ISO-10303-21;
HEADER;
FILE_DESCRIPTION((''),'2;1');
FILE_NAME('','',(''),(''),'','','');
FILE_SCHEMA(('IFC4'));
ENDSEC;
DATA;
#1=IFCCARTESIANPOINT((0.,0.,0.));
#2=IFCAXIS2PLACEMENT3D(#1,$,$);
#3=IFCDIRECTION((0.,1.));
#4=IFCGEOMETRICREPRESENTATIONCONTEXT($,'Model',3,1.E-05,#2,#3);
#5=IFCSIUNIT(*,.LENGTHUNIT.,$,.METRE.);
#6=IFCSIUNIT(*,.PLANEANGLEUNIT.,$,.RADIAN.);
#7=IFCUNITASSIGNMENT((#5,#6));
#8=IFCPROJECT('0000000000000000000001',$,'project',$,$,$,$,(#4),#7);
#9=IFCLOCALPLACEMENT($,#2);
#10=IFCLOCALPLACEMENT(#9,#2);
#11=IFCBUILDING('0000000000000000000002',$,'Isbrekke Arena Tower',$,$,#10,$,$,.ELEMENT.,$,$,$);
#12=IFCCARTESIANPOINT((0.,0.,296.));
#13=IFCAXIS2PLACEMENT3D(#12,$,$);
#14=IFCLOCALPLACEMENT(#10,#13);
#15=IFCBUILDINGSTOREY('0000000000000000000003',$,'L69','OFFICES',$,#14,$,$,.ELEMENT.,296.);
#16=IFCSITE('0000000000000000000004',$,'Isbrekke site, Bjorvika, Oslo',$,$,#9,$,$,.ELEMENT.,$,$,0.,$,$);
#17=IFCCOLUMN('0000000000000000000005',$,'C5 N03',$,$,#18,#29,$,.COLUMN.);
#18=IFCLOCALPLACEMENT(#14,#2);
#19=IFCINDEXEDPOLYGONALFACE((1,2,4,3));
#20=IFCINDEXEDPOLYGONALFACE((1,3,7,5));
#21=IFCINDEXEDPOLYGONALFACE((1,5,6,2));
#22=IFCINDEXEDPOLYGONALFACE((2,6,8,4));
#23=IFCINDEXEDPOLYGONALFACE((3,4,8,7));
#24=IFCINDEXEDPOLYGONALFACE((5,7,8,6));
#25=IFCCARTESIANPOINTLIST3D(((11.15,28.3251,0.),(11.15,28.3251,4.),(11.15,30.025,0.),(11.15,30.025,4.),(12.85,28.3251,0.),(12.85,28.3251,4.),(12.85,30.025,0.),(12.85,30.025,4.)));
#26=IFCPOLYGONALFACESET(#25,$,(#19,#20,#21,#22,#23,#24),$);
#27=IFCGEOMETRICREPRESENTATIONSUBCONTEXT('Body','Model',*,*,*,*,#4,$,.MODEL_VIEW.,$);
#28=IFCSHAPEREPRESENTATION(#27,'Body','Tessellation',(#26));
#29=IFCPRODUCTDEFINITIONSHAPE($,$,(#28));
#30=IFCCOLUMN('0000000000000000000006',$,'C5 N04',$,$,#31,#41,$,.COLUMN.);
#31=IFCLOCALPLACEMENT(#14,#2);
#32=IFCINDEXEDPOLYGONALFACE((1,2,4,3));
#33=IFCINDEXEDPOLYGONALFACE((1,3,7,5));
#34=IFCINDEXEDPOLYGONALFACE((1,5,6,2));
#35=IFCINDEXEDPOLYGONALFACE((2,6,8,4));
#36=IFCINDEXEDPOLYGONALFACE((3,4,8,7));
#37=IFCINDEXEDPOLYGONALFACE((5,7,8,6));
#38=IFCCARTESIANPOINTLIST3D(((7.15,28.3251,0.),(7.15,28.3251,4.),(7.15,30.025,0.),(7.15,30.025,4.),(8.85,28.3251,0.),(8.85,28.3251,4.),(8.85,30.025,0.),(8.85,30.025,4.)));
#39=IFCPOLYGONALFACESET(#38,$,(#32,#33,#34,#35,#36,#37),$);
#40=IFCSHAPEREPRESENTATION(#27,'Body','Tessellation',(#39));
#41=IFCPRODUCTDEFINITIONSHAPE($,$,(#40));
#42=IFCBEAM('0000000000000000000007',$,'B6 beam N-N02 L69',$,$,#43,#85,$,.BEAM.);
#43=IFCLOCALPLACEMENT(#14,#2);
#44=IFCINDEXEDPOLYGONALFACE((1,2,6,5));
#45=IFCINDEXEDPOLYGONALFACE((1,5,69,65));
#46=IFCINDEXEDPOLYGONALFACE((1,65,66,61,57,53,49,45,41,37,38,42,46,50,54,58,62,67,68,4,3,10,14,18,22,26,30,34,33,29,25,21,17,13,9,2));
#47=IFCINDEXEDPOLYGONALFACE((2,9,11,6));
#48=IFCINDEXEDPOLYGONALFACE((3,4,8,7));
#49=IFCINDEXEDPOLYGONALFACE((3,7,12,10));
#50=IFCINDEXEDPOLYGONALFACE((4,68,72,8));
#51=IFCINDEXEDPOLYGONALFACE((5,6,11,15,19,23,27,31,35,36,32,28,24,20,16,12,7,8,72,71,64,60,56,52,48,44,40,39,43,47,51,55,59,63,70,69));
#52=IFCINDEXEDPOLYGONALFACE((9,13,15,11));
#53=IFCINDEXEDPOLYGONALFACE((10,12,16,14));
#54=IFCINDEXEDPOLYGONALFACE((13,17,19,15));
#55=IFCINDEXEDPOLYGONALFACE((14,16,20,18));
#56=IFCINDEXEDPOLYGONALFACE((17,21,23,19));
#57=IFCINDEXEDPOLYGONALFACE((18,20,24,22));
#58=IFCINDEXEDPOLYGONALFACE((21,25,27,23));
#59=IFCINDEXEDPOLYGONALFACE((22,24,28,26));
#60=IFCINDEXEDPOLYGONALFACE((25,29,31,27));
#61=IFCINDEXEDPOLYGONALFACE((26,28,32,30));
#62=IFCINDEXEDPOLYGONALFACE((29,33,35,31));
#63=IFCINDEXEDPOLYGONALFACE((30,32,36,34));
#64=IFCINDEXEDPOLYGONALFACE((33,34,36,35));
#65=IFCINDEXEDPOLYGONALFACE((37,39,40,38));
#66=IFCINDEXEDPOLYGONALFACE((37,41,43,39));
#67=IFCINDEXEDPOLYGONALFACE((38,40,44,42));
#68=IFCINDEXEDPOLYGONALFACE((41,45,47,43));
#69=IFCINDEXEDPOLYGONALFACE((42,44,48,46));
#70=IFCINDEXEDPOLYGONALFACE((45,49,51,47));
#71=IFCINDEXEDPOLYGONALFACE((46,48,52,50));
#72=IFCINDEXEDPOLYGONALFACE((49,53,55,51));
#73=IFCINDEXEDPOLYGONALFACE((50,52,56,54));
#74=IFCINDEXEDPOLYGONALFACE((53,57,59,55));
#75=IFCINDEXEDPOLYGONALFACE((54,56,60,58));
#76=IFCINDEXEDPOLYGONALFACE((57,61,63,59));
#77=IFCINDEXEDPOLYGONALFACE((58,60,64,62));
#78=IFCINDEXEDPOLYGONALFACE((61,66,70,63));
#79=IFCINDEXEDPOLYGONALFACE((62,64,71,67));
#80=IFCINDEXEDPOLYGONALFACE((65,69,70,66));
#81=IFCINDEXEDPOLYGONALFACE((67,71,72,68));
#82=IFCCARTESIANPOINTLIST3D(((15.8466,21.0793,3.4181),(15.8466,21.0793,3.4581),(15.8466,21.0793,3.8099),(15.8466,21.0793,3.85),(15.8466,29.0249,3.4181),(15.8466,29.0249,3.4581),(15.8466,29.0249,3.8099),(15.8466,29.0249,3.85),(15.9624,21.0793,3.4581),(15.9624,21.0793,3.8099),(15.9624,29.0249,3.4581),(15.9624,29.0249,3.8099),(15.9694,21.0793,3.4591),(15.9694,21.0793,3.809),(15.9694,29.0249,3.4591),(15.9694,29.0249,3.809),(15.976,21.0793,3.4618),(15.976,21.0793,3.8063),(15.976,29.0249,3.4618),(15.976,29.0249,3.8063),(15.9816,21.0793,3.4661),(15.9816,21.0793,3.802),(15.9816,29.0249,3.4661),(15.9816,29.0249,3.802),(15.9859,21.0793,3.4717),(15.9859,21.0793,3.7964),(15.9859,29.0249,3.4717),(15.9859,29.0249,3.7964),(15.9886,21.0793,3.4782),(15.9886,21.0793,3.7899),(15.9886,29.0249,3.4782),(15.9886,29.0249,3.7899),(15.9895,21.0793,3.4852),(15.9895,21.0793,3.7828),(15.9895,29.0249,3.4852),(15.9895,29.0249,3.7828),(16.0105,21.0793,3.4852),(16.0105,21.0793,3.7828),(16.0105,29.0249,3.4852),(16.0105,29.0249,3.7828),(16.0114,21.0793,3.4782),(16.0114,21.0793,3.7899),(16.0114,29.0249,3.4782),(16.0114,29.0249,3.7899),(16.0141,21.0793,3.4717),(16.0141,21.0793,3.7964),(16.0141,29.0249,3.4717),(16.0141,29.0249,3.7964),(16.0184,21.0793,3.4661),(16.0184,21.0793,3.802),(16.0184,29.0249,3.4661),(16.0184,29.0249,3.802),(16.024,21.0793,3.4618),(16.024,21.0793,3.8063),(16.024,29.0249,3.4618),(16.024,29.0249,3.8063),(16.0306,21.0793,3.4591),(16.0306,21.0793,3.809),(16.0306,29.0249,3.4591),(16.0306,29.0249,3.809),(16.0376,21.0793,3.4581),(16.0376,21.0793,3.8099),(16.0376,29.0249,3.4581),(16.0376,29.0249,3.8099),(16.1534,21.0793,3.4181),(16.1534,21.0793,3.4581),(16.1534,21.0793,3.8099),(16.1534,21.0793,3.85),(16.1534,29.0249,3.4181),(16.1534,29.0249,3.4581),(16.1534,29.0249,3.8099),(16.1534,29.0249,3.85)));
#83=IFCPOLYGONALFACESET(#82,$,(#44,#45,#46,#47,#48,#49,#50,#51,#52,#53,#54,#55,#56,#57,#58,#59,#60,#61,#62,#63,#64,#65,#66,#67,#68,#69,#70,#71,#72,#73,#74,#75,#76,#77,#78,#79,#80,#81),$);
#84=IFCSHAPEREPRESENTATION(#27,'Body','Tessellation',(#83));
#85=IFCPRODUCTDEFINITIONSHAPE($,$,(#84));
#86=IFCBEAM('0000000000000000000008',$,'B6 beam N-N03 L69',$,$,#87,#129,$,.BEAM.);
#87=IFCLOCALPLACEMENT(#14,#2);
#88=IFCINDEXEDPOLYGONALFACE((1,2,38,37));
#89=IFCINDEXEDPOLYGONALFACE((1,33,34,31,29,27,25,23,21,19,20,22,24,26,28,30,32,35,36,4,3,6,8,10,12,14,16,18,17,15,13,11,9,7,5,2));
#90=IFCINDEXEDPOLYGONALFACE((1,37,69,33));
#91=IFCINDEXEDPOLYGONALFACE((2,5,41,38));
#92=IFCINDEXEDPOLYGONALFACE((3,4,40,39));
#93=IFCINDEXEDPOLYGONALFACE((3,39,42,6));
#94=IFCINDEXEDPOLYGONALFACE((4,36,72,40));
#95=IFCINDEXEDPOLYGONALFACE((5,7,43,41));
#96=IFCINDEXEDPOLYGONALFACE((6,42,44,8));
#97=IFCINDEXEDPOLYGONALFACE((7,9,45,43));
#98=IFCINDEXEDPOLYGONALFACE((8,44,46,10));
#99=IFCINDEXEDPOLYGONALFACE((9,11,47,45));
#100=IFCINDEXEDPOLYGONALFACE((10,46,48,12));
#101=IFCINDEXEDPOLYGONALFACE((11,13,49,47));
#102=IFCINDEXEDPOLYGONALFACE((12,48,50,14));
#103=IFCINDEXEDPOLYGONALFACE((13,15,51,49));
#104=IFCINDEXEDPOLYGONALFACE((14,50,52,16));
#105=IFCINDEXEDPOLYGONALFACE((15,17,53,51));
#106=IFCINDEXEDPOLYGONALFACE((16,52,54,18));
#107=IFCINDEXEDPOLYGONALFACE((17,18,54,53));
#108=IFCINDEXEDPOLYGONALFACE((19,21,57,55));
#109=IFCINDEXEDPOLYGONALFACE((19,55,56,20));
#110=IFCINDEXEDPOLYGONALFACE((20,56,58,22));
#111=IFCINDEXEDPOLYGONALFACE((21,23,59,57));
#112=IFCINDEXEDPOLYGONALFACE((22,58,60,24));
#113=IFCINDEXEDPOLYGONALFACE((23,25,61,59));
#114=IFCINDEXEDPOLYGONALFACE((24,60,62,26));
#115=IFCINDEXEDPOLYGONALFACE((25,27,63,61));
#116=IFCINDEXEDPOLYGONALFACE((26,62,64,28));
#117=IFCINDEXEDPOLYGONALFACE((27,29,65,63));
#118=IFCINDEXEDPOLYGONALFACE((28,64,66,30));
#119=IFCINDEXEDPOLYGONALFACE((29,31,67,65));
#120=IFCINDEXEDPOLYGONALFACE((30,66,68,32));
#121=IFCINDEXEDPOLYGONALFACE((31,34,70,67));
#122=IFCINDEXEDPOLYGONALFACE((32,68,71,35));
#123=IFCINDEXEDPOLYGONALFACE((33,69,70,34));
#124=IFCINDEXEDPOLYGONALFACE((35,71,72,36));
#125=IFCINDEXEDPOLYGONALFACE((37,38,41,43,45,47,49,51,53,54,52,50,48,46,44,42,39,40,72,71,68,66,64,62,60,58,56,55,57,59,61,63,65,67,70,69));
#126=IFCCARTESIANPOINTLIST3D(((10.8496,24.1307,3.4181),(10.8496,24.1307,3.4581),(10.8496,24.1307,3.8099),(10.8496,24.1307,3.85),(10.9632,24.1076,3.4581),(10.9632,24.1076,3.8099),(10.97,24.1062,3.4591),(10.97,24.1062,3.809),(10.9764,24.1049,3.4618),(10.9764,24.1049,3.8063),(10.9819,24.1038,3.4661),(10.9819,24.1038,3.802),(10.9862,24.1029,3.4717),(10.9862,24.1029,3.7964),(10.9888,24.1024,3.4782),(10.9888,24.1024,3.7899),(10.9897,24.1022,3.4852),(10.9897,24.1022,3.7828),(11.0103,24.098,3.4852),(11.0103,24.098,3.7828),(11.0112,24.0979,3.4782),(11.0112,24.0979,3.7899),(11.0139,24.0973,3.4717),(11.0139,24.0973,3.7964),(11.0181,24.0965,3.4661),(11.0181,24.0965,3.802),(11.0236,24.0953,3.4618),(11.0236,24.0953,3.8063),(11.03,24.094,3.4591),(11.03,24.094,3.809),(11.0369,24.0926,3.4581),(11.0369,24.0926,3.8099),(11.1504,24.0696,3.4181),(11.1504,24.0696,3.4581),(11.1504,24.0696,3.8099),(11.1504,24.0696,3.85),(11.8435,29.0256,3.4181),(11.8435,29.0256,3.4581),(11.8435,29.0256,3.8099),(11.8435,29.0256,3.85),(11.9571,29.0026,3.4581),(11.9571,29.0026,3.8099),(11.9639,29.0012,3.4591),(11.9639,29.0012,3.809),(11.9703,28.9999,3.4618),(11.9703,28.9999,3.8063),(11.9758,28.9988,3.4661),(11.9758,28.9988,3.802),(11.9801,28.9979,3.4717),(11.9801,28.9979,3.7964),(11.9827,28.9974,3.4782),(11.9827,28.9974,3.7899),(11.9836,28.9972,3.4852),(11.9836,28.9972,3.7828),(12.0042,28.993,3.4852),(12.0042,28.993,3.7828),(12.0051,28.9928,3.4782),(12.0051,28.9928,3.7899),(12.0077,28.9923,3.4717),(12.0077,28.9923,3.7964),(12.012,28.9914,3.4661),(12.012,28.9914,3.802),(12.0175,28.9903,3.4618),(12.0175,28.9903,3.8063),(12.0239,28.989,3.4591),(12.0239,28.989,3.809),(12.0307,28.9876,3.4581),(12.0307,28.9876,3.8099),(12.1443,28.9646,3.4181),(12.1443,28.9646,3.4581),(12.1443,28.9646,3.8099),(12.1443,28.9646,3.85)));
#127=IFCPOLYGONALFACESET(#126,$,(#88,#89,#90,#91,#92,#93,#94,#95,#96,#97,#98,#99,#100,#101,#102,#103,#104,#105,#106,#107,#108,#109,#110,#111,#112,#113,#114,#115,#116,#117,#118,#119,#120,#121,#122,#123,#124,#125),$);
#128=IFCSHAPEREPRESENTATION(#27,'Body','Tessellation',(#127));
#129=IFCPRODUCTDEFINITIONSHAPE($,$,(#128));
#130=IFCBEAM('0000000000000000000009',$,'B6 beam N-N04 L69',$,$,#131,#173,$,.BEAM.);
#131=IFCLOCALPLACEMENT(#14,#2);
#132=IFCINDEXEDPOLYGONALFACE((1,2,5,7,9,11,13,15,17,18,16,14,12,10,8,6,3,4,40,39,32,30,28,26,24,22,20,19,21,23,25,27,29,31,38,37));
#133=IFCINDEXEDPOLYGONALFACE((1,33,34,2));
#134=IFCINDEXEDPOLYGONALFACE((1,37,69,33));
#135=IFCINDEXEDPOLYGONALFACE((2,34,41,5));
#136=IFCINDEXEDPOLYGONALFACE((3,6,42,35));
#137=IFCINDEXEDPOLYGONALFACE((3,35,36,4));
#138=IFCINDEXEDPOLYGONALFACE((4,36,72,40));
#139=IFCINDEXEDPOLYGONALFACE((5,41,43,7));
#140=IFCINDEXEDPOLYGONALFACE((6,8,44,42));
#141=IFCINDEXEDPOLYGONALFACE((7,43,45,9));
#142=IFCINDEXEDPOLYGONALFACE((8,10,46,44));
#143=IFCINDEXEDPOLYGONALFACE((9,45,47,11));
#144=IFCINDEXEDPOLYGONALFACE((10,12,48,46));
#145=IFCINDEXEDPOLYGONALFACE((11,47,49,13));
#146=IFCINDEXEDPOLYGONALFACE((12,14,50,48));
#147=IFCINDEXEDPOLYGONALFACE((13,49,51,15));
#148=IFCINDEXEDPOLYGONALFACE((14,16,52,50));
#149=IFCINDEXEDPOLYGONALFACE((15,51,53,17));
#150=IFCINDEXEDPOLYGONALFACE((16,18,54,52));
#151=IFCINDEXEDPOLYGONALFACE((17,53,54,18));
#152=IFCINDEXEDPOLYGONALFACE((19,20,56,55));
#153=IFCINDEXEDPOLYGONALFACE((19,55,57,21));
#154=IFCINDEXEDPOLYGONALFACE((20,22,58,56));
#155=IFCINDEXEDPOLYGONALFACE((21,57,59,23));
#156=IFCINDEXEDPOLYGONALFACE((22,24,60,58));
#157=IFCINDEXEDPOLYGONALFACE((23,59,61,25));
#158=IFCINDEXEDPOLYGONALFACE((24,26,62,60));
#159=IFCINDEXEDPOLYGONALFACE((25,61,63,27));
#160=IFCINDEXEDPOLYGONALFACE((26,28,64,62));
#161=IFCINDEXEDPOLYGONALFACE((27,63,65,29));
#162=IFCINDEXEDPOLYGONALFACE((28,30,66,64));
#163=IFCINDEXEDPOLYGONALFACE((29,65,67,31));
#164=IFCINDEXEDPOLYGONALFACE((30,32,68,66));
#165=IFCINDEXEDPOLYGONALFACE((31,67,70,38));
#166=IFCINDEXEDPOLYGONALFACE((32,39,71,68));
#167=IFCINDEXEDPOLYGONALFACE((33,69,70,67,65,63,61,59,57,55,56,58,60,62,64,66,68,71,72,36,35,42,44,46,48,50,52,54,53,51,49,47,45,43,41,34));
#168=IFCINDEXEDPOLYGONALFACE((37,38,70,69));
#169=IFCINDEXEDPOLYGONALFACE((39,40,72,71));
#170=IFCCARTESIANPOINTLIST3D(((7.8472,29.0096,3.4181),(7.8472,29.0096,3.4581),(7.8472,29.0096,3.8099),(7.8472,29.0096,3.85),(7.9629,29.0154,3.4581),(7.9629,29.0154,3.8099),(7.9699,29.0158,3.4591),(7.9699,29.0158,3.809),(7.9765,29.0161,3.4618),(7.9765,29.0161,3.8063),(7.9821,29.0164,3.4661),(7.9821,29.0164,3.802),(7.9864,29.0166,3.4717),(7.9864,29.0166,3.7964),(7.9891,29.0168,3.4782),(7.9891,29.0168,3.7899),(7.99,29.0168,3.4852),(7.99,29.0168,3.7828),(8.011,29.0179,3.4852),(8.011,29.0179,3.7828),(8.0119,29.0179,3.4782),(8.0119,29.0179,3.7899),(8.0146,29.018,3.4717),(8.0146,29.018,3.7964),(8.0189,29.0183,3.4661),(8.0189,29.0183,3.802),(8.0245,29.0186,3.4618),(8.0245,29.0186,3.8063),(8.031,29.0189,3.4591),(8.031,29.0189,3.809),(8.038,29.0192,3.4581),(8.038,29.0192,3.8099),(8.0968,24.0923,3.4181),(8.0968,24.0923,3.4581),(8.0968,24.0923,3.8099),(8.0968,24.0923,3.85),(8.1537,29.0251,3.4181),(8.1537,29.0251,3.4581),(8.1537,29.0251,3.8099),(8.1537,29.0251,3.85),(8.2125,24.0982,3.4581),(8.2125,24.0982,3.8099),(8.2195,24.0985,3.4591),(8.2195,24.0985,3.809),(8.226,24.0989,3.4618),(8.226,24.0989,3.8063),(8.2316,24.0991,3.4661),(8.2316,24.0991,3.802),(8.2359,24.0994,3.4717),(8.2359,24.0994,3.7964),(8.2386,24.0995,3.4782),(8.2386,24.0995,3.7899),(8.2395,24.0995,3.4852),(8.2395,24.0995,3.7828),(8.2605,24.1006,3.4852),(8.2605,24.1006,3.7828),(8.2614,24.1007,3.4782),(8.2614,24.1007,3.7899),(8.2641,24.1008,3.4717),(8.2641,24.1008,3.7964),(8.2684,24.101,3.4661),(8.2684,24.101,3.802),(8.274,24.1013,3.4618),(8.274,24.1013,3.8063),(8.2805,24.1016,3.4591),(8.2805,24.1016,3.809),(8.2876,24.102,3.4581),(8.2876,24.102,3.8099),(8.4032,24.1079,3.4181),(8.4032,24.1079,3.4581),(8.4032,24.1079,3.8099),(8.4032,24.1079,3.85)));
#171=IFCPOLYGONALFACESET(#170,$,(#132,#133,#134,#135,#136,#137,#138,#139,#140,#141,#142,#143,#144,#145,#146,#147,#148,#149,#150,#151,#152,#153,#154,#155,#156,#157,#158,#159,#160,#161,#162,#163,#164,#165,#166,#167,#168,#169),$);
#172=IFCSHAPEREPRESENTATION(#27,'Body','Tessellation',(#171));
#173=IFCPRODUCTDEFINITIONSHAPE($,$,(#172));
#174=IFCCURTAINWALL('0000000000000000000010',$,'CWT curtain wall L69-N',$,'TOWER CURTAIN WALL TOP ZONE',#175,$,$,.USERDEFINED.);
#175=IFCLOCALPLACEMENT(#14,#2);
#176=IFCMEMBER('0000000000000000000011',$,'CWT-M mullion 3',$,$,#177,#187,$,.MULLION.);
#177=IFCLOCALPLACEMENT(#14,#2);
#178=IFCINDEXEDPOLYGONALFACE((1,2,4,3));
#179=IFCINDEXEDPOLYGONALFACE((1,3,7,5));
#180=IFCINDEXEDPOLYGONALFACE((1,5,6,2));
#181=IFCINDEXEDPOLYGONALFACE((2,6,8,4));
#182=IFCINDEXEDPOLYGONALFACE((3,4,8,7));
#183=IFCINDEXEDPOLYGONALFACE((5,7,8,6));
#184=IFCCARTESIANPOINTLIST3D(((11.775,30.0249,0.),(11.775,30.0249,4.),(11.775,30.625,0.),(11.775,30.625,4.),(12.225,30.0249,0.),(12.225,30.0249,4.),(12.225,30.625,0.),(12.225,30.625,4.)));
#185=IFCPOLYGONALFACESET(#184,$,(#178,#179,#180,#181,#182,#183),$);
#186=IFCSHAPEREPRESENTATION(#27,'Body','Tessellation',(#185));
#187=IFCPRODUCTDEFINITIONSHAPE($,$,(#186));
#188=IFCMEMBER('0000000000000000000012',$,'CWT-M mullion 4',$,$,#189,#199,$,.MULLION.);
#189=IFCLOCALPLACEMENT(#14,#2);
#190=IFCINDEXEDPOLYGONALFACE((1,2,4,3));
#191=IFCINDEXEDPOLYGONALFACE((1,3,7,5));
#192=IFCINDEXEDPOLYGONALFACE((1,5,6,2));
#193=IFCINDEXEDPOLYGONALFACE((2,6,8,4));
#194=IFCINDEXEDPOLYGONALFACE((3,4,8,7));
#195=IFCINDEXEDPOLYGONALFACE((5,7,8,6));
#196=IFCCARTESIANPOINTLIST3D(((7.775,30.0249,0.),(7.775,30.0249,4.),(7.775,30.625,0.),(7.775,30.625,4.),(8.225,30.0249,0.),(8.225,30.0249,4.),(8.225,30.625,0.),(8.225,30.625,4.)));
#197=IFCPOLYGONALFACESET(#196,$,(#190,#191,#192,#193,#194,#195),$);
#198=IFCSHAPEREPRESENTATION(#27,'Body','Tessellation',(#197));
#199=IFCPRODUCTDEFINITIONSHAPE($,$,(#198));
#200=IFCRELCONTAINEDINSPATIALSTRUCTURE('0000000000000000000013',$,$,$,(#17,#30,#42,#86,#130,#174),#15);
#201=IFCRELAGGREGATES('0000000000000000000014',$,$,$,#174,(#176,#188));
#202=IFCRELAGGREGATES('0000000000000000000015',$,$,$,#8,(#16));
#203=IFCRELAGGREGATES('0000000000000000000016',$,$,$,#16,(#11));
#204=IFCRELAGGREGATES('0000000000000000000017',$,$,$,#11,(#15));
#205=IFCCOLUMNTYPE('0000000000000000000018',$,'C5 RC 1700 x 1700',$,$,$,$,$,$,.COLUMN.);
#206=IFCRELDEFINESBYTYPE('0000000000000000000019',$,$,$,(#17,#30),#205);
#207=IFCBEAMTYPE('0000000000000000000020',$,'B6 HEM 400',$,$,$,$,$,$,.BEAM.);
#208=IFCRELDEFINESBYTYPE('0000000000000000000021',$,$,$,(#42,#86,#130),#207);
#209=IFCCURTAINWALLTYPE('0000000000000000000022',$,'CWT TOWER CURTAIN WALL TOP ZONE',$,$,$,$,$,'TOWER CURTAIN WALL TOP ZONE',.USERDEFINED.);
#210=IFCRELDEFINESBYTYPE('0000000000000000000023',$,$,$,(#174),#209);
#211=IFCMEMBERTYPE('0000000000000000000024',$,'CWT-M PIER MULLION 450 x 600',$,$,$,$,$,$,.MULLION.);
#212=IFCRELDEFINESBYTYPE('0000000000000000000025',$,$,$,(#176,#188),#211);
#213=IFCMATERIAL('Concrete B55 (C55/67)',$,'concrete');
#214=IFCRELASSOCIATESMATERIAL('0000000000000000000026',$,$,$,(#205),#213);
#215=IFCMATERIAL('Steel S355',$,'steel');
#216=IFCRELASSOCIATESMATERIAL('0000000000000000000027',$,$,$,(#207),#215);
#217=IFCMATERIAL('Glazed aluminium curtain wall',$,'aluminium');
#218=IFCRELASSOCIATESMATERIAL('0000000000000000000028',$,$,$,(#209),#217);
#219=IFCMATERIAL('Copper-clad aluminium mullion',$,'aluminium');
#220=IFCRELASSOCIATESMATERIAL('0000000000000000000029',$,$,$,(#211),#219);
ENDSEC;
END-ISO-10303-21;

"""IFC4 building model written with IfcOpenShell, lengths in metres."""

from ifc_helpers import new_model, si_unit, direction, frame, origin, origin_2d, place, context, subcontext, project, spatial, rectangle, i_section, extrude, material, material_profile, profile_set, type_object, element, aggregate, save


model = new_model("IFC4")

# Units and contexts
model_context = context("Model", 3, precision=1e-05, world=origin(), true_north=direction((0.0, 1.0)))
body_context = subcontext(model_context, "Body", "Model", "MODEL_VIEW")
ifc_project = project(units=[si_unit("LENGTHUNIT", "METRE"), si_unit("PLANEANGLEUNIT", "RADIAN")], contexts=[model_context])

# Site, building, storey
site_placement = place(None, origin())
site = spatial("IfcSite", under=ifc_project, at=site_placement, Name="Isbrekke site, Bjorvika, Oslo", CompositionType="ELEMENT", RefElevation=0.0)
building_placement = place(site_placement, origin())
building = spatial("IfcBuilding", under=site, at=building_placement, Name="Isbrekke Arena Tower", CompositionType="ELEMENT")
storey_placement = place(building_placement, frame((0.0, 0.0, 296.0)))
storey = spatial("IfcBuildingStorey", under=building, at=storey_placement, Name="L69", Description="OFFICES", CompositionType="ELEMENT", Elevation=296.0)

# Columns
ifc_material_1 = material(Name="Concrete B55 (C55/67)", Category="concrete")
ifc_material_profile_1 = material_profile(ifc_material_1, rectangle(XDim=1.7, YDim=1.7, at=origin_2d()), Name="RC 1700x1700")
ifc_profile_set_1 = profile_set([ifc_material_profile_1], Name="Concrete B55 (C55/67)")
column_type = type_object("IfcColumnType", Name="C5 RC 1700 x 1700", PredefinedType="COLUMN", material=ifc_profile_set_1)
for number, where, z_axis, x_axis, name in (
    (1, (12.0, 29.175, 0.0), (0.0, 0.0, 1.0), (-1.0, 0.0, 0.0), "C5 N03"),
    (2, (8.0, 29.175, 0.0), (0.0, 0.0, 1.0), (-1.0, 0.0, 0.0), "C5 N04"),
):
    element("IfcColumn", number, at=place(storey_placement, frame(where, z_axis=z_axis, x_axis=x_axis)), inside=storey, type_object=column_type, Name=name, PredefinedType="COLUMN", context=body_context, shape_type="SweptSolid", body=[
        extrude(rectangle(XDim=1.7, YDim=1.7, at=origin_2d()), origin(), (0.0, 0.0, 1.0), 4.0),
    ])

# Beams
ifc_material_2 = material(Name="Steel S355", Category="steel")
ifc_material_profile_2 = material_profile(ifc_material_2, i_section(OverallWidth=0.3069, OverallDepth=0.4319, WebThickness=0.021, FlangeThickness=0.04, FilletRadius=0.0271, at=origin_2d()), Name="HEM 400")
ifc_profile_set_2 = profile_set([ifc_material_profile_2], Name="Steel S355")
beam_type_1 = type_object("IfcBeamType", Name="B6 HEM 400", PredefinedType="BEAM", material=ifc_profile_set_2)
beam_1_placement = place(storey_placement, frame((16.0, 29.0249, 3.634), z_axis=(0.0, -1.0, 0.0), x_axis=(1.0, 0.0, 0.0)))
element("IfcBeam", 3, at=beam_1_placement, inside=storey, type_object=beam_type_1, Name="B6 beam N-N02 L69", PredefinedType="BEAM", context=body_context, shape_type="SweptSolid", body=[
    extrude(i_section(OverallWidth=0.3069, OverallDepth=0.4319, WebThickness=0.021, FlangeThickness=0.04, FilletRadius=0.0271, at=origin_2d()), origin(), (0.0, 0.0, 1.0), 7.9456),
])
beam_2_placement = place(storey_placement, frame((11.9939, 28.9951, 3.634), z_axis=(-0.198982, -0.980003, 0.0), x_axis=(0.980003, -0.198982, 0.0)))
element("IfcBeam", 4, at=beam_2_placement, inside=storey, type_object=beam_type_1, Name="B6 beam N-N03 L69", PredefinedType="BEAM", context=body_context, shape_type="SweptSolid", body=[
    extrude(i_section(OverallWidth=0.3069, OverallDepth=0.4319, WebThickness=0.021, FlangeThickness=0.04, FilletRadius=0.0271, at=origin_2d()), origin(), (0.0, 0.0, 1.0), 4.9949),
])
beam_3_placement = place(storey_placement, frame((8.0005, 29.0173, 3.634), z_axis=(0.050677, -0.998715, 0.0), x_axis=(0.998715, 0.050677, 0.0)))
element("IfcBeam", 5, at=beam_3_placement, inside=storey, type_object=beam_type_1, Name="B6 beam N-N04 L69", PredefinedType="BEAM", context=body_context, shape_type="SweptSolid", body=[
    extrude(i_section(OverallWidth=0.3069, OverallDepth=0.4319, WebThickness=0.021, FlangeThickness=0.04, FilletRadius=0.0271, at=origin_2d()), origin(), (0.0, 0.0, 1.0), 4.9236),
])

# Curtain wall, members
ifc_material_3 = material(Name="Glazed aluminium curtain wall", Category="aluminium")
curtain_wall_type = type_object("IfcCurtainWallType", Name="CWT TOWER CURTAIN WALL TOP ZONE", ElementType="TOWER CURTAIN WALL TOP ZONE", PredefinedType="USERDEFINED", material=ifc_material_3)
curtain_wall_placement = place(storey_placement, origin())
curtain_wall = element("IfcCurtainWall", 6, at=curtain_wall_placement, inside=storey, type_object=curtain_wall_type, Name="CWT curtain wall L69-N", ObjectType="TOWER CURTAIN WALL TOP ZONE", PredefinedType="USERDEFINED")
ifc_material_4 = material(Name="Copper-clad aluminium mullion", Category="aluminium")
ifc_material_profile_3 = material_profile(ifc_material_4, rectangle(XDim=0.45, YDim=0.6001, at=origin_2d()), Name="PIER 450X600")
ifc_profile_set_3 = profile_set([ifc_material_profile_3], Name="Copper-clad aluminium mullion")
member_type_1 = type_object("IfcMemberType", Name="CWT-M PIER MULLION 450 x 600", PredefinedType="MULLION", material=ifc_profile_set_3)
member_1_placement = place(storey_placement, frame((12.0, 30.325, 0.0), z_axis=(0.0, 0.0, 1.0), x_axis=(-1.0, 0.0, 0.0)))
member_1 = element("IfcMember", 7, at=member_1_placement, type_object=member_type_1, Name="CWT-M mullion 3", PredefinedType="MULLION", context=body_context, shape_type="SweptSolid", body=[
    extrude(rectangle(XDim=0.45, YDim=0.6001, at=origin_2d()), origin(), (0.0, 0.0, 1.0), 4.0),
])
member_2_placement = place(storey_placement, frame((8.0, 30.325, 0.0), z_axis=(0.0, 0.0, 1.0), x_axis=(-1.0, 0.0, 0.0)))
member_2 = element("IfcMember", 8, at=member_2_placement, type_object=member_type_1, Name="CWT-M mullion 4", PredefinedType="MULLION", context=body_context, shape_type="SweptSolid", body=[
    extrude(rectangle(XDim=0.45, YDim=0.6001, at=origin_2d()), origin(), (0.0, 0.0, 1.0), 4.0),
])

aggregate(curtain_wall, [member_1, member_2])

save(model, "model.ifc")
